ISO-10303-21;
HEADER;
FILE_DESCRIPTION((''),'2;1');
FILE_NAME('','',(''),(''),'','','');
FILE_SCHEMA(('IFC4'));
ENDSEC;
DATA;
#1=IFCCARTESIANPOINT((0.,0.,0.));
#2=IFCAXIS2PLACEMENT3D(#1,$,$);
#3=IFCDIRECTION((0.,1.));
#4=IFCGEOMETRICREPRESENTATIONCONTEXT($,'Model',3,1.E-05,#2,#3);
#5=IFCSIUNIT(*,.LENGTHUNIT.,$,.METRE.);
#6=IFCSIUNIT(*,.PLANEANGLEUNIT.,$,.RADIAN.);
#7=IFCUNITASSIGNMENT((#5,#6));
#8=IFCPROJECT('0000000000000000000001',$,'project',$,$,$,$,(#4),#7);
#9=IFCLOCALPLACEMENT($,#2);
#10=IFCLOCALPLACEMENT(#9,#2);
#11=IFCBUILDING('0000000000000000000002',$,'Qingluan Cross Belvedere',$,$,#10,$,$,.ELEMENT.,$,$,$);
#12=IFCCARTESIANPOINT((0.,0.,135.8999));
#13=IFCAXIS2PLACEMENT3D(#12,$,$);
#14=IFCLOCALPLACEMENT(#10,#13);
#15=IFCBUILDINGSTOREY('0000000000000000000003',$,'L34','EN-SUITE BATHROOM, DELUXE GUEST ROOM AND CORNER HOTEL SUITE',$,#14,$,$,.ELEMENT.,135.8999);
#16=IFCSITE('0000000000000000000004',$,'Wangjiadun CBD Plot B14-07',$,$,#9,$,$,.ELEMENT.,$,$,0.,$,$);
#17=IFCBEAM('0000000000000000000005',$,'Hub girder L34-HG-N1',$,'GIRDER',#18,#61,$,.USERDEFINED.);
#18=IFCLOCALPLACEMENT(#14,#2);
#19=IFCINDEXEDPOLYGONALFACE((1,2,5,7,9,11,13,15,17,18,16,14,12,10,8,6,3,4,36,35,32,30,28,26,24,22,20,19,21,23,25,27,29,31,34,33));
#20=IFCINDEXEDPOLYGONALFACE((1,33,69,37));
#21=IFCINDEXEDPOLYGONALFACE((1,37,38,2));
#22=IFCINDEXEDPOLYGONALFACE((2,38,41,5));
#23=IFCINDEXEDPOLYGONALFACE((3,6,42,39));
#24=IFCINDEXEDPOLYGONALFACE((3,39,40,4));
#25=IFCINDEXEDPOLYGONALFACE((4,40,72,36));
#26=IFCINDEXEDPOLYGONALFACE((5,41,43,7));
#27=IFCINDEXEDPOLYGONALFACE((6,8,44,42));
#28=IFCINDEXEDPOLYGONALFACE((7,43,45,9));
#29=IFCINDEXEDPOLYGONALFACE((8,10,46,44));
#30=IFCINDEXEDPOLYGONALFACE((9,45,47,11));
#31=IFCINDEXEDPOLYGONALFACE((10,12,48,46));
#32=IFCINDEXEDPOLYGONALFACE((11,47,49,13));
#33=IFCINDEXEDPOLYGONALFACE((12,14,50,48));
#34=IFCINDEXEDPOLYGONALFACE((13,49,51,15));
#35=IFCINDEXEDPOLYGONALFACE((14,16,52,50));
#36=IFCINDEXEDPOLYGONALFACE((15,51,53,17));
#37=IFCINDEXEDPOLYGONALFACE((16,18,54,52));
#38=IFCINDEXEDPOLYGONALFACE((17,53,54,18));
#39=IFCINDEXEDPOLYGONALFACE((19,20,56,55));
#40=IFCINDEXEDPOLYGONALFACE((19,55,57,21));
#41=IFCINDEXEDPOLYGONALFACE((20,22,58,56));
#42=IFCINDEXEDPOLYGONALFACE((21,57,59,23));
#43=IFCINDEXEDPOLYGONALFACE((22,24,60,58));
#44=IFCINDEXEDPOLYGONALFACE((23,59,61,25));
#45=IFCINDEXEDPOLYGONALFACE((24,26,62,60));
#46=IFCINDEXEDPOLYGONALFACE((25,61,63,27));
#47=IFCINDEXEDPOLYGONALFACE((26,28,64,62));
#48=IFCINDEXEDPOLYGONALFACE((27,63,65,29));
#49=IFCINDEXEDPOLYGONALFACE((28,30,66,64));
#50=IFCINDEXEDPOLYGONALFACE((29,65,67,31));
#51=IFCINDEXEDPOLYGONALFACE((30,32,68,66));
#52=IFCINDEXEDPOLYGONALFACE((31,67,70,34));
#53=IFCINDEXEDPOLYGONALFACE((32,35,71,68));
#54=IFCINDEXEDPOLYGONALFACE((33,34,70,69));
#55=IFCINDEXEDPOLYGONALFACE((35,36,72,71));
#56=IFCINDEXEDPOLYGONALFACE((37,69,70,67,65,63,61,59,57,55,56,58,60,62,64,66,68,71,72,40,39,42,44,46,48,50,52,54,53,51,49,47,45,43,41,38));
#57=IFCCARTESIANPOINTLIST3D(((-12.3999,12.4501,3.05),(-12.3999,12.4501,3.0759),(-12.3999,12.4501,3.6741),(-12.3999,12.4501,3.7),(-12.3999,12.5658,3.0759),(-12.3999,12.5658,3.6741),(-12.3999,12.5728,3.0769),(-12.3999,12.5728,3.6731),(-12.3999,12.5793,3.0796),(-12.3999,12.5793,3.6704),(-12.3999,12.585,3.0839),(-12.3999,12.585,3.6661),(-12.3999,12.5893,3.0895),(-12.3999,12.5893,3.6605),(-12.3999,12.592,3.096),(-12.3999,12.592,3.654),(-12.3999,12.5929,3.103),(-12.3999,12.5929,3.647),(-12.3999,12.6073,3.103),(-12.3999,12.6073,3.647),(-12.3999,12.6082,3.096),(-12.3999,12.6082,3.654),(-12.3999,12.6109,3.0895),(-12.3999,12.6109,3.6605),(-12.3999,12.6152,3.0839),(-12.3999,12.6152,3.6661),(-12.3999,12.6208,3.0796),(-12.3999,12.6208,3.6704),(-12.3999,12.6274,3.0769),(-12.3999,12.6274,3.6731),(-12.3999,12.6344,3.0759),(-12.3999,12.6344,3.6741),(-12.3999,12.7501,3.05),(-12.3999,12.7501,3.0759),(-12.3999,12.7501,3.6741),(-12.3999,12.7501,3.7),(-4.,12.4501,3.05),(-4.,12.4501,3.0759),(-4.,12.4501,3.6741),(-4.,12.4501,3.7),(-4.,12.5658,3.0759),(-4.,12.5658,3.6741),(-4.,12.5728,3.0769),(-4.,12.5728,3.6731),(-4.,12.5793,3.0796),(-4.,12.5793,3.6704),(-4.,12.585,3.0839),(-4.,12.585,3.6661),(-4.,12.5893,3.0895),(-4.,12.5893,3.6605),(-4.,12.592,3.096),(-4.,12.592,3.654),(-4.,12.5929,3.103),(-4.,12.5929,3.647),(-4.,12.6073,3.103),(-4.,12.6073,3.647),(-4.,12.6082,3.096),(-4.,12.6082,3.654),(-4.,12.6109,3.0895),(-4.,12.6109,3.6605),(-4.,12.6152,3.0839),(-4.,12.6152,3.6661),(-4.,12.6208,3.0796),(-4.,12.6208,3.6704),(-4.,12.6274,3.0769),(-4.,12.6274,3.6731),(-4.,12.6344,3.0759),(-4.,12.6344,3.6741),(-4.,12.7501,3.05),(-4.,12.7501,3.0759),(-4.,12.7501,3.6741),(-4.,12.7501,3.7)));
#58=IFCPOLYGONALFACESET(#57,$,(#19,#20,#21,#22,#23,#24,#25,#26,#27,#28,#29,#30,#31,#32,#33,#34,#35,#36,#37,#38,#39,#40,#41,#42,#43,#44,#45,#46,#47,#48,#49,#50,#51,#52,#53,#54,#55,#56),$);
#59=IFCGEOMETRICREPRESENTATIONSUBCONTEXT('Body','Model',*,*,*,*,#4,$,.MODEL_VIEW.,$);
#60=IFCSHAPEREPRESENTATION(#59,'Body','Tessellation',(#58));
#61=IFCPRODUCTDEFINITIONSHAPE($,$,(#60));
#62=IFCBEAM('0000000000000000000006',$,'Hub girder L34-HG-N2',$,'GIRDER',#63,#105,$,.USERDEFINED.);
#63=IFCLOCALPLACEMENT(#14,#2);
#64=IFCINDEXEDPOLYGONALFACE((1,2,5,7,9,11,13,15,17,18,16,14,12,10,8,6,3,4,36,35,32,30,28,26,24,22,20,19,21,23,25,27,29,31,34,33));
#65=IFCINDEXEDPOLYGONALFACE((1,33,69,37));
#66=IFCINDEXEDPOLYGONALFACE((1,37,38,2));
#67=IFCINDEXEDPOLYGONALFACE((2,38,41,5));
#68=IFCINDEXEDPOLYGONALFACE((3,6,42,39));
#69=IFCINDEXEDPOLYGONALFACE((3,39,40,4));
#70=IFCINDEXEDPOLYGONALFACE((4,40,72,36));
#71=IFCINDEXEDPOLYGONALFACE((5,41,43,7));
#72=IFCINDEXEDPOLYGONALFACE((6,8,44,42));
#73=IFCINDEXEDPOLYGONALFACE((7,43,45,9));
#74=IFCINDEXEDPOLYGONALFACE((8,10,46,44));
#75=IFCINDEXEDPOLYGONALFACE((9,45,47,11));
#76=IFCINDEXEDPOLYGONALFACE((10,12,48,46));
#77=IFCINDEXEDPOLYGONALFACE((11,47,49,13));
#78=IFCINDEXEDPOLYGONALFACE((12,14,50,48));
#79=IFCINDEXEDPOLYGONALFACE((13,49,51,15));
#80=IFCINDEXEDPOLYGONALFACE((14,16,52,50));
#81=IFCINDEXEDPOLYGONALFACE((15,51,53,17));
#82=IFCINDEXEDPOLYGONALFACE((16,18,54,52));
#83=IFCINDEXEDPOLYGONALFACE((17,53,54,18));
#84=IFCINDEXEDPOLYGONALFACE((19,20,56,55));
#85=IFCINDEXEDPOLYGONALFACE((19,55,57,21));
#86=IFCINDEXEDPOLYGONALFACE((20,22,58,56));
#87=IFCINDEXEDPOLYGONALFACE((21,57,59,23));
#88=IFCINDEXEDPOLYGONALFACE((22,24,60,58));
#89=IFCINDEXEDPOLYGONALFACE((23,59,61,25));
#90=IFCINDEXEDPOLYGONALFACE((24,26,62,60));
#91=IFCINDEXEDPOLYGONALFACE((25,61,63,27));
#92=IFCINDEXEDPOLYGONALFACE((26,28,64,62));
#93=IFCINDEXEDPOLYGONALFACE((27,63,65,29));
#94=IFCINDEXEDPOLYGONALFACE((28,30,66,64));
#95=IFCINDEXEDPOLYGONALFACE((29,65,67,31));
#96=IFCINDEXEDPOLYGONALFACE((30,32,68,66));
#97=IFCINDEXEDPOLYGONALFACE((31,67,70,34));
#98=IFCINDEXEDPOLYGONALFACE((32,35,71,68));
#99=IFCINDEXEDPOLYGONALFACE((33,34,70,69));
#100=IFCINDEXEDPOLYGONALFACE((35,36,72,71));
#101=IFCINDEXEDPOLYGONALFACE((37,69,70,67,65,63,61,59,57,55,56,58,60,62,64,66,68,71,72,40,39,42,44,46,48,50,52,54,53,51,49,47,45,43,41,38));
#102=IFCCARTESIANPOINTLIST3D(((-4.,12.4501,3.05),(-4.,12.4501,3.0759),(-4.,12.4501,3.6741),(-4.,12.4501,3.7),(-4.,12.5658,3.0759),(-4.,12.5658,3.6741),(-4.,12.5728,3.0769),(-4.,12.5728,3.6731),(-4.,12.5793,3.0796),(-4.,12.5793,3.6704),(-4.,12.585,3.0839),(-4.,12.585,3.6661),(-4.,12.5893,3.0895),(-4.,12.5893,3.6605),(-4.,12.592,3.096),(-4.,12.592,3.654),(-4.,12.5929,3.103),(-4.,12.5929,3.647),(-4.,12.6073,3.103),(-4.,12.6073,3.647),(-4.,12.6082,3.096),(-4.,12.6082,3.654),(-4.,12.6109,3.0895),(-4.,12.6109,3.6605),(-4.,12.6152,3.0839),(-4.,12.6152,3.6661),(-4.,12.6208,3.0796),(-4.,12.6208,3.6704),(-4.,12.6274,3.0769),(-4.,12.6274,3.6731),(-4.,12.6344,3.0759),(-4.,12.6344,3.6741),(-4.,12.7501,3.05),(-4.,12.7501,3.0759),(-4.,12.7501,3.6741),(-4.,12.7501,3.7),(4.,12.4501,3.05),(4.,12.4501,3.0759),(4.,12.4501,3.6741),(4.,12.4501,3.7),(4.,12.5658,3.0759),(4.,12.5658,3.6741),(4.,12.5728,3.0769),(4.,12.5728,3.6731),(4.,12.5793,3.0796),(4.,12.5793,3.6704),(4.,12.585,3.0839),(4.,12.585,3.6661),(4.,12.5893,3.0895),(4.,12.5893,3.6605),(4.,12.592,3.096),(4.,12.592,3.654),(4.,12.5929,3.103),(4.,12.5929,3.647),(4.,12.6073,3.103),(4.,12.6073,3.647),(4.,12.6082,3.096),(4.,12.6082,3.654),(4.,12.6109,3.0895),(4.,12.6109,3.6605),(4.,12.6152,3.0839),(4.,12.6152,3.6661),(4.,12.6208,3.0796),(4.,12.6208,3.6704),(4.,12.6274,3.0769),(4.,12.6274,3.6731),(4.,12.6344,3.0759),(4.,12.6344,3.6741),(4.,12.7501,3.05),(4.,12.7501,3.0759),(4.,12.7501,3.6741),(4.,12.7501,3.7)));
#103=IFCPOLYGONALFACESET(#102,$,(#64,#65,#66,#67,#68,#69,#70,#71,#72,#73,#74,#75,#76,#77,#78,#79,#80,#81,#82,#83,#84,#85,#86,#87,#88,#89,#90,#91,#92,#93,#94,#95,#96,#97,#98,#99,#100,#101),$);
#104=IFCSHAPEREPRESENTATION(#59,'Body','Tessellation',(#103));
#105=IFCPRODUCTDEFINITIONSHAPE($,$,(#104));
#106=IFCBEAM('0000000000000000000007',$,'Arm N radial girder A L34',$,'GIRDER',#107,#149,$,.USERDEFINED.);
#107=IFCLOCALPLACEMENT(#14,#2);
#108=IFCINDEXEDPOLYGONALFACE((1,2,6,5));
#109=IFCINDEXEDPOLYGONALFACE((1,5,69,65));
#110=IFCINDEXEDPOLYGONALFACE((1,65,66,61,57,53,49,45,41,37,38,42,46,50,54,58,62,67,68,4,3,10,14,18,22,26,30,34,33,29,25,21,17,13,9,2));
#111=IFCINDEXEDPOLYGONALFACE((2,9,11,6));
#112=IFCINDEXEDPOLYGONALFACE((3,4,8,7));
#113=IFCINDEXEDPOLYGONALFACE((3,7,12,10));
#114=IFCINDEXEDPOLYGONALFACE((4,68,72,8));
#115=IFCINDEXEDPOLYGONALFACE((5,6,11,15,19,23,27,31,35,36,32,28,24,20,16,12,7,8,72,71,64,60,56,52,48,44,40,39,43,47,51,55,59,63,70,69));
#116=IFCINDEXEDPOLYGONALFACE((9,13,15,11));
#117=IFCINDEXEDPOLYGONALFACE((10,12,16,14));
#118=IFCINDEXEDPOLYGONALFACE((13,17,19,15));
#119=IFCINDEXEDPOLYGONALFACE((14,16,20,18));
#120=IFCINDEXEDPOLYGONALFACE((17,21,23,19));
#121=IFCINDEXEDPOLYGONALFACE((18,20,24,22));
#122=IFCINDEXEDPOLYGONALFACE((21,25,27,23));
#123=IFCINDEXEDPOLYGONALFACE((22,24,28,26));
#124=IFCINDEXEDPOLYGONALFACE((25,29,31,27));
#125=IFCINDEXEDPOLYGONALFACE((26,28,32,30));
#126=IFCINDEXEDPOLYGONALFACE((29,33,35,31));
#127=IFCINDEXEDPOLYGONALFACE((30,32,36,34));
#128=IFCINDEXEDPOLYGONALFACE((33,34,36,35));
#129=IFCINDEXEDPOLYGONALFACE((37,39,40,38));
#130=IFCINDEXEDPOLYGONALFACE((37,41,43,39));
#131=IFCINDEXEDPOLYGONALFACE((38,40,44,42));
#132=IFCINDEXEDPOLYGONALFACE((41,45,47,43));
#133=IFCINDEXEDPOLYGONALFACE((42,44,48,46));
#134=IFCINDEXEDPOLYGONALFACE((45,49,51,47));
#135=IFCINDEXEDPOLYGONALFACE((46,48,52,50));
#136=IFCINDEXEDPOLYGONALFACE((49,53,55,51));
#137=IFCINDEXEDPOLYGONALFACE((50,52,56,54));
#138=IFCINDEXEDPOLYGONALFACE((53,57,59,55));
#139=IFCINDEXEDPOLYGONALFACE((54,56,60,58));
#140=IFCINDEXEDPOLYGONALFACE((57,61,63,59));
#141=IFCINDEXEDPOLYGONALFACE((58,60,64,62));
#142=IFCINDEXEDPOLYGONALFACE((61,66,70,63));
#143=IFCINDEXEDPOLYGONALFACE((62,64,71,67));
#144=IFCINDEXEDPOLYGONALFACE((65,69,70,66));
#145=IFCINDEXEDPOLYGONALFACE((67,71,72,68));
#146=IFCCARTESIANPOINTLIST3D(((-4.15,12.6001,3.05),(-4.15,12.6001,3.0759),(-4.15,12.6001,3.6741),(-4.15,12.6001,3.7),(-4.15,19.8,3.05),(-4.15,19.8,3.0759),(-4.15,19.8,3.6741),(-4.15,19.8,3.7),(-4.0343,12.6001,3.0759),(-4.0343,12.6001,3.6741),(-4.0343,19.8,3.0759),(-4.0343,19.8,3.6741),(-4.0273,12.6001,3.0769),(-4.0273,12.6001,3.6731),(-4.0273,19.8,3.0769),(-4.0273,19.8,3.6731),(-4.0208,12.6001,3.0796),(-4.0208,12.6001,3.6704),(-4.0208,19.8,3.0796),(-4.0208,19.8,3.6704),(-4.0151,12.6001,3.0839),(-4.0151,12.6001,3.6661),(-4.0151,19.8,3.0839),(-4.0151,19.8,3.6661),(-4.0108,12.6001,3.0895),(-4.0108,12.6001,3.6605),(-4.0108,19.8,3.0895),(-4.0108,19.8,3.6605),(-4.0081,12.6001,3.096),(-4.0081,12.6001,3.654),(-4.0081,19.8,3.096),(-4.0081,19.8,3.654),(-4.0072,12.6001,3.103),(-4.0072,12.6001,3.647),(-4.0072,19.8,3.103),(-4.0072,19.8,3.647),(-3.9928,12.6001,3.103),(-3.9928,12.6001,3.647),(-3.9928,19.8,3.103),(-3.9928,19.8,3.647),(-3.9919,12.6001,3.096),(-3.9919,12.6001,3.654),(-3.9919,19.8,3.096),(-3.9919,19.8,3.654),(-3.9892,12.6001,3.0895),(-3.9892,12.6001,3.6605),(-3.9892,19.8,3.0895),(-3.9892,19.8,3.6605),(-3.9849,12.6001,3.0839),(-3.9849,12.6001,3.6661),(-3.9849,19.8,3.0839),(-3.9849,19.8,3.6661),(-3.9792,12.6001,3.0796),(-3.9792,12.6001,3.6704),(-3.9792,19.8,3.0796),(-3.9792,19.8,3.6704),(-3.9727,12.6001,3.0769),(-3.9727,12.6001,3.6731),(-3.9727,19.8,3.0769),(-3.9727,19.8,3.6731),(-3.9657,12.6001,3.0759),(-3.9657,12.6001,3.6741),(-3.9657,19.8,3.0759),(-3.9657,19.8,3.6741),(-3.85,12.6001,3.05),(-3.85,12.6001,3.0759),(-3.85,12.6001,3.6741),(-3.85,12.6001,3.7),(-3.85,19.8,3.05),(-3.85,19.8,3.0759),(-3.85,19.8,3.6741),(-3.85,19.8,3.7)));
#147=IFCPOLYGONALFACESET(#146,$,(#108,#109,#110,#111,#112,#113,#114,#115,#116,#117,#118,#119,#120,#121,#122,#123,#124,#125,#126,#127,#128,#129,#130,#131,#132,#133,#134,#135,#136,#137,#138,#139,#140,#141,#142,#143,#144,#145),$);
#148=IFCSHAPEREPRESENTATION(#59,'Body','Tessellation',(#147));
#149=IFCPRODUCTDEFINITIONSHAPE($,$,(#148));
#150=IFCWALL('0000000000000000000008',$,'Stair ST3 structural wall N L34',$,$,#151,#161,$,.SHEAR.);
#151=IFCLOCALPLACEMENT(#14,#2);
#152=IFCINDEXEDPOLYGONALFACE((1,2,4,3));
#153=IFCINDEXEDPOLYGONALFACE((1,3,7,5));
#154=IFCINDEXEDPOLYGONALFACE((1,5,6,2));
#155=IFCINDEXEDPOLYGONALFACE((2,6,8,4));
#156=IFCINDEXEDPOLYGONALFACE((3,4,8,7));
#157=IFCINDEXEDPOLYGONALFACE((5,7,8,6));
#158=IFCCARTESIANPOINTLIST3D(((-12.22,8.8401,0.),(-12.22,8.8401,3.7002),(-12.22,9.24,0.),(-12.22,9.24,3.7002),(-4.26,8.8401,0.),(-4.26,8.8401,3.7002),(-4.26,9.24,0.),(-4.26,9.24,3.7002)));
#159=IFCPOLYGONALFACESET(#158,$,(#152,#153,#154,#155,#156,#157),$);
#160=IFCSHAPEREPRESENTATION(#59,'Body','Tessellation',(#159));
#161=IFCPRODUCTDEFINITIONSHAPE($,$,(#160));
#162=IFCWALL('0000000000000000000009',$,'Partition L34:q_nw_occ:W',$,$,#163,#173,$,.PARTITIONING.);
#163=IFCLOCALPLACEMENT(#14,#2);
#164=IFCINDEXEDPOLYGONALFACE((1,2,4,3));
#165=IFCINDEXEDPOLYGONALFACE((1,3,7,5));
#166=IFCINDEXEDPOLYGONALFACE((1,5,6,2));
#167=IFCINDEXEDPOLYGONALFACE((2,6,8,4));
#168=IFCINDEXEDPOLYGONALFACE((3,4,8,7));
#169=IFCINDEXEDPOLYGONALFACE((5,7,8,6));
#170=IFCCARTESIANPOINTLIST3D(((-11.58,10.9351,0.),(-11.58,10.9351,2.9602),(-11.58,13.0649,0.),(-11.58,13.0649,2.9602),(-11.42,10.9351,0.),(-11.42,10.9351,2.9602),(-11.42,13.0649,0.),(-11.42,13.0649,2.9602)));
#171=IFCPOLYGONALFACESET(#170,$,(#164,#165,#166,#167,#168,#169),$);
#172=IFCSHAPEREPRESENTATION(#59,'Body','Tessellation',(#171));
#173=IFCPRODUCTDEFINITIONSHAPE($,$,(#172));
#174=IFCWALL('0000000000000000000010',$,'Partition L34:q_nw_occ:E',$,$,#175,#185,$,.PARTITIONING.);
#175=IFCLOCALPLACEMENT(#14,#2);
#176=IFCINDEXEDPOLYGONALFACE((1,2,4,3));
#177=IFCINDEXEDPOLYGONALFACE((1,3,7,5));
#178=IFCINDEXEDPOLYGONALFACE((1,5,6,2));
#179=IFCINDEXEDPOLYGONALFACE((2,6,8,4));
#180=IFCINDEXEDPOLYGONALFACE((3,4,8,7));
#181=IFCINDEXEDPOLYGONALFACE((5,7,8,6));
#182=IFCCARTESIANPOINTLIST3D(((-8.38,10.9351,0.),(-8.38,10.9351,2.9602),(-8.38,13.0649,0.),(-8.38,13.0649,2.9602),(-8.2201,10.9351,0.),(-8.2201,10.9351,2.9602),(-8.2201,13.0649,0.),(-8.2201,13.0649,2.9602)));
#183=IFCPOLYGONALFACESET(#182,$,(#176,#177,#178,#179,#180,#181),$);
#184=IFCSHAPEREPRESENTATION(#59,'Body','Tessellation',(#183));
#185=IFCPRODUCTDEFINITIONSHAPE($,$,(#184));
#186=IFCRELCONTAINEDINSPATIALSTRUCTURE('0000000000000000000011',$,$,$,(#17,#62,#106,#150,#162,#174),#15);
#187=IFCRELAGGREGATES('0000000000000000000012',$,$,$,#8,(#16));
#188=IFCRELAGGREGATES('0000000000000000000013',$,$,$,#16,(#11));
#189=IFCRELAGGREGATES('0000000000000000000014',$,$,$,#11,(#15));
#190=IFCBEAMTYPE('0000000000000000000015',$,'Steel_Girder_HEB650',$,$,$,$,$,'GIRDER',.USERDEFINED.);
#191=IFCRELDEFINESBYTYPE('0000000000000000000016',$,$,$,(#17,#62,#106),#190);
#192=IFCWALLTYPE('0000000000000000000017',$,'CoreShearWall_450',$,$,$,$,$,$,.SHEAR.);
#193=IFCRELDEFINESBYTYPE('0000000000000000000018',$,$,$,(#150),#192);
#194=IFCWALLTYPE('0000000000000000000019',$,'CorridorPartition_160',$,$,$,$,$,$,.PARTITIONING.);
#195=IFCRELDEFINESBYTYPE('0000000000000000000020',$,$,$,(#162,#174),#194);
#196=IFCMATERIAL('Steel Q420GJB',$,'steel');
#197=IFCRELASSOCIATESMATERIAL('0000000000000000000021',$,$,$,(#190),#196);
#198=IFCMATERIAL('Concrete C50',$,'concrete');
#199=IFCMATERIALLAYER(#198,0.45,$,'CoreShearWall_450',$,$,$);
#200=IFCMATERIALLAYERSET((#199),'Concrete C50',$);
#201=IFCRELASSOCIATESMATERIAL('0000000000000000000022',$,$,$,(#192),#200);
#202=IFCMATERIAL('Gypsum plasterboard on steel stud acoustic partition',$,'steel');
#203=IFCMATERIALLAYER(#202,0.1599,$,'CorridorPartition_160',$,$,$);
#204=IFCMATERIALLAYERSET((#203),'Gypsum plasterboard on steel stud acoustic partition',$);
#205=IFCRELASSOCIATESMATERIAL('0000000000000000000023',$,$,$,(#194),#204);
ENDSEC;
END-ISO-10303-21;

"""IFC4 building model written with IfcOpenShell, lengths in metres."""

from ifc_helpers import new_model, si_unit, direction, frame, frame_2d, origin, origin_2d, place, context, subcontext, project, spatial, rectangle, i_section, extrude, material, layer, layer_set, material_profile, profile_set, type_object, element, save


model = new_model("IFC4")

# Units and contexts
model_context = context("Model", 3, precision=1e-05, world=origin(), true_north=direction((0.0, 1.0)))
body_context = subcontext(model_context, "Body", "Model", "MODEL_VIEW")
ifc_project = project(units=[si_unit("LENGTHUNIT", "METRE"), si_unit("PLANEANGLEUNIT", "RADIAN")], contexts=[model_context])

# Site, building, storey
site_placement = place(None, origin())
site = spatial("IfcSite", under=ifc_project, at=site_placement, Name="Wangjiadun CBD Plot B14-07", CompositionType="ELEMENT", RefElevation=0.0)
building_placement = place(site_placement, origin())
building = spatial("IfcBuilding", under=site, at=building_placement, Name="Qingluan Cross Belvedere", CompositionType="ELEMENT")
storey_placement = place(building_placement, frame((0.0, 0.0, 135.8999)))
storey = spatial("IfcBuildingStorey", under=building, at=storey_placement, Name="L34", Description="EN-SUITE BATHROOM, DELUXE GUEST ROOM AND CORNER HOTEL SUITE", CompositionType="ELEMENT", Elevation=135.8999)

# Beams
ifc_material_1 = material(Name="Steel Q420GJB", Category="steel")
ifc_material_profile_1 = material_profile(ifc_material_1, i_section(OverallWidth=0.3, OverallDepth=0.6499, WebThickness=0.0144, FlangeThickness=0.0259, FilletRadius=0.0271, at=origin_2d()), Name="HEB650")
ifc_profile_set_1 = profile_set([ifc_material_profile_1], Name="Steel Q420GJB")
beam_type_1 = type_object("IfcBeamType", Name="Steel_Girder_HEB650", ElementType="GIRDER", PredefinedType="USERDEFINED", material=ifc_profile_set_1)
beam_1_placement = place(storey_placement, frame((-12.3999, 12.6001, 3.375), z_axis=(1.0, 0.0, 0.0), x_axis=(0.0, 1.0, 0.0)))
element("IfcBeam", 1, at=beam_1_placement, inside=storey, type_object=beam_type_1, Name="Hub girder L34-HG-N1", ObjectType="GIRDER", PredefinedType="USERDEFINED", context=body_context, shape_type="SweptSolid", body=[
    extrude(i_section(OverallWidth=0.3, OverallDepth=0.6499, WebThickness=0.0144, FlangeThickness=0.0259, FilletRadius=0.0271, at=origin_2d()), origin(), (0.0, 0.0, 1.0), 8.3999),
])
beam_2_placement = place(storey_placement, frame((-4.0, 12.6001, 3.375), z_axis=(1.0, 0.0, 0.0), x_axis=(0.0, 1.0, 0.0)))
element("IfcBeam", 2, at=beam_2_placement, inside=storey, type_object=beam_type_1, Name="Hub girder L34-HG-N2", ObjectType="GIRDER", PredefinedType="USERDEFINED", context=body_context, shape_type="SweptSolid", body=[
    extrude(i_section(OverallWidth=0.3, OverallDepth=0.6499, WebThickness=0.0144, FlangeThickness=0.0259, FilletRadius=0.0271, at=origin_2d()), origin(), (0.0, 0.0, 1.0), 8.0),
])
beam_3_placement = place(storey_placement, frame((-4.0, 12.6001, 3.375), z_axis=(0.0, 1.0, 0.0), x_axis=(-1.0, 0.0, 0.0)))
element("IfcBeam", 3, at=beam_3_placement, inside=storey, type_object=beam_type_1, Name="Arm N radial girder A L34", ObjectType="GIRDER", PredefinedType="USERDEFINED", context=body_context, shape_type="SweptSolid", body=[
    extrude(i_section(OverallWidth=0.3, OverallDepth=0.6499, WebThickness=0.0144, FlangeThickness=0.0259, FilletRadius=0.0271, at=origin_2d()), origin(), (0.0, 0.0, 1.0), 7.2),
])

# Wall
ifc_material_2 = material(Name="Concrete C50", Category="concrete")
ifc_layer_1 = layer(ifc_material_2, 0.45, Name="CoreShearWall_450")
ifc_layer_set_1 = layer_set([ifc_layer_1], Name="Concrete C50")
wall_type_1 = type_object("IfcWallType", Name="CoreShearWall_450", PredefinedType="SHEAR", material=ifc_layer_set_1)
wall_1_placement = place(storey_placement, frame((-12.22, 9.04, 0.0), z_axis=(0.0, 0.0, 1.0), x_axis=(1.0, 0.0, 0.0)))
element("IfcWall", 4, at=wall_1_placement, inside=storey, type_object=wall_type_1, Name="Stair ST3 structural wall N L34", PredefinedType="SHEAR", context=body_context, shape_type="SweptSolid", body=[
    extrude(rectangle(XDim=7.96, YDim=0.3999, at=frame_2d((3.98, 0.0))), origin(), (0.0, 0.0, 1.0), 3.7002),
])

# Shared definitions
ifc_material_3 = material(Name="Gypsum plasterboard on steel stud acoustic partition", Category="steel")
ifc_layer_2 = layer(ifc_material_3, 0.1599, Name="CorridorPartition_160")
ifc_layer_set_2 = layer_set([ifc_layer_2], Name="Gypsum plasterboard on steel stud acoustic partition")
wall_type_2 = type_object("IfcWallType", Name="CorridorPartition_160", PredefinedType="PARTITIONING", material=ifc_layer_set_2)

# Walls
for number, where, z_axis, x_axis, name in (
    (5, (-11.5, 10.9351, 0.0), (0.0, 0.0, 1.0), (0.0, 1.0, 0.0), "Partition L34:q_nw_occ:W"),
    (6, (-8.3, 10.9351, 0.0), (0.0, 0.0, 1.0), (0.0, 1.0, 0.0), "Partition L34:q_nw_occ:E"),
):
    element("IfcWall", number, at=place(storey_placement, frame(where, z_axis=z_axis, x_axis=x_axis)), inside=storey, type_object=wall_type_2, Name=name, PredefinedType="PARTITIONING", context=body_context, shape_type="SweptSolid", body=[
        extrude(rectangle(XDim=2.1299, YDim=0.1599, at=frame_2d((1.0649, 0.0))), origin(), (0.0, 0.0, 1.0), 2.9602),
    ])

save(model, "model.ifc")
